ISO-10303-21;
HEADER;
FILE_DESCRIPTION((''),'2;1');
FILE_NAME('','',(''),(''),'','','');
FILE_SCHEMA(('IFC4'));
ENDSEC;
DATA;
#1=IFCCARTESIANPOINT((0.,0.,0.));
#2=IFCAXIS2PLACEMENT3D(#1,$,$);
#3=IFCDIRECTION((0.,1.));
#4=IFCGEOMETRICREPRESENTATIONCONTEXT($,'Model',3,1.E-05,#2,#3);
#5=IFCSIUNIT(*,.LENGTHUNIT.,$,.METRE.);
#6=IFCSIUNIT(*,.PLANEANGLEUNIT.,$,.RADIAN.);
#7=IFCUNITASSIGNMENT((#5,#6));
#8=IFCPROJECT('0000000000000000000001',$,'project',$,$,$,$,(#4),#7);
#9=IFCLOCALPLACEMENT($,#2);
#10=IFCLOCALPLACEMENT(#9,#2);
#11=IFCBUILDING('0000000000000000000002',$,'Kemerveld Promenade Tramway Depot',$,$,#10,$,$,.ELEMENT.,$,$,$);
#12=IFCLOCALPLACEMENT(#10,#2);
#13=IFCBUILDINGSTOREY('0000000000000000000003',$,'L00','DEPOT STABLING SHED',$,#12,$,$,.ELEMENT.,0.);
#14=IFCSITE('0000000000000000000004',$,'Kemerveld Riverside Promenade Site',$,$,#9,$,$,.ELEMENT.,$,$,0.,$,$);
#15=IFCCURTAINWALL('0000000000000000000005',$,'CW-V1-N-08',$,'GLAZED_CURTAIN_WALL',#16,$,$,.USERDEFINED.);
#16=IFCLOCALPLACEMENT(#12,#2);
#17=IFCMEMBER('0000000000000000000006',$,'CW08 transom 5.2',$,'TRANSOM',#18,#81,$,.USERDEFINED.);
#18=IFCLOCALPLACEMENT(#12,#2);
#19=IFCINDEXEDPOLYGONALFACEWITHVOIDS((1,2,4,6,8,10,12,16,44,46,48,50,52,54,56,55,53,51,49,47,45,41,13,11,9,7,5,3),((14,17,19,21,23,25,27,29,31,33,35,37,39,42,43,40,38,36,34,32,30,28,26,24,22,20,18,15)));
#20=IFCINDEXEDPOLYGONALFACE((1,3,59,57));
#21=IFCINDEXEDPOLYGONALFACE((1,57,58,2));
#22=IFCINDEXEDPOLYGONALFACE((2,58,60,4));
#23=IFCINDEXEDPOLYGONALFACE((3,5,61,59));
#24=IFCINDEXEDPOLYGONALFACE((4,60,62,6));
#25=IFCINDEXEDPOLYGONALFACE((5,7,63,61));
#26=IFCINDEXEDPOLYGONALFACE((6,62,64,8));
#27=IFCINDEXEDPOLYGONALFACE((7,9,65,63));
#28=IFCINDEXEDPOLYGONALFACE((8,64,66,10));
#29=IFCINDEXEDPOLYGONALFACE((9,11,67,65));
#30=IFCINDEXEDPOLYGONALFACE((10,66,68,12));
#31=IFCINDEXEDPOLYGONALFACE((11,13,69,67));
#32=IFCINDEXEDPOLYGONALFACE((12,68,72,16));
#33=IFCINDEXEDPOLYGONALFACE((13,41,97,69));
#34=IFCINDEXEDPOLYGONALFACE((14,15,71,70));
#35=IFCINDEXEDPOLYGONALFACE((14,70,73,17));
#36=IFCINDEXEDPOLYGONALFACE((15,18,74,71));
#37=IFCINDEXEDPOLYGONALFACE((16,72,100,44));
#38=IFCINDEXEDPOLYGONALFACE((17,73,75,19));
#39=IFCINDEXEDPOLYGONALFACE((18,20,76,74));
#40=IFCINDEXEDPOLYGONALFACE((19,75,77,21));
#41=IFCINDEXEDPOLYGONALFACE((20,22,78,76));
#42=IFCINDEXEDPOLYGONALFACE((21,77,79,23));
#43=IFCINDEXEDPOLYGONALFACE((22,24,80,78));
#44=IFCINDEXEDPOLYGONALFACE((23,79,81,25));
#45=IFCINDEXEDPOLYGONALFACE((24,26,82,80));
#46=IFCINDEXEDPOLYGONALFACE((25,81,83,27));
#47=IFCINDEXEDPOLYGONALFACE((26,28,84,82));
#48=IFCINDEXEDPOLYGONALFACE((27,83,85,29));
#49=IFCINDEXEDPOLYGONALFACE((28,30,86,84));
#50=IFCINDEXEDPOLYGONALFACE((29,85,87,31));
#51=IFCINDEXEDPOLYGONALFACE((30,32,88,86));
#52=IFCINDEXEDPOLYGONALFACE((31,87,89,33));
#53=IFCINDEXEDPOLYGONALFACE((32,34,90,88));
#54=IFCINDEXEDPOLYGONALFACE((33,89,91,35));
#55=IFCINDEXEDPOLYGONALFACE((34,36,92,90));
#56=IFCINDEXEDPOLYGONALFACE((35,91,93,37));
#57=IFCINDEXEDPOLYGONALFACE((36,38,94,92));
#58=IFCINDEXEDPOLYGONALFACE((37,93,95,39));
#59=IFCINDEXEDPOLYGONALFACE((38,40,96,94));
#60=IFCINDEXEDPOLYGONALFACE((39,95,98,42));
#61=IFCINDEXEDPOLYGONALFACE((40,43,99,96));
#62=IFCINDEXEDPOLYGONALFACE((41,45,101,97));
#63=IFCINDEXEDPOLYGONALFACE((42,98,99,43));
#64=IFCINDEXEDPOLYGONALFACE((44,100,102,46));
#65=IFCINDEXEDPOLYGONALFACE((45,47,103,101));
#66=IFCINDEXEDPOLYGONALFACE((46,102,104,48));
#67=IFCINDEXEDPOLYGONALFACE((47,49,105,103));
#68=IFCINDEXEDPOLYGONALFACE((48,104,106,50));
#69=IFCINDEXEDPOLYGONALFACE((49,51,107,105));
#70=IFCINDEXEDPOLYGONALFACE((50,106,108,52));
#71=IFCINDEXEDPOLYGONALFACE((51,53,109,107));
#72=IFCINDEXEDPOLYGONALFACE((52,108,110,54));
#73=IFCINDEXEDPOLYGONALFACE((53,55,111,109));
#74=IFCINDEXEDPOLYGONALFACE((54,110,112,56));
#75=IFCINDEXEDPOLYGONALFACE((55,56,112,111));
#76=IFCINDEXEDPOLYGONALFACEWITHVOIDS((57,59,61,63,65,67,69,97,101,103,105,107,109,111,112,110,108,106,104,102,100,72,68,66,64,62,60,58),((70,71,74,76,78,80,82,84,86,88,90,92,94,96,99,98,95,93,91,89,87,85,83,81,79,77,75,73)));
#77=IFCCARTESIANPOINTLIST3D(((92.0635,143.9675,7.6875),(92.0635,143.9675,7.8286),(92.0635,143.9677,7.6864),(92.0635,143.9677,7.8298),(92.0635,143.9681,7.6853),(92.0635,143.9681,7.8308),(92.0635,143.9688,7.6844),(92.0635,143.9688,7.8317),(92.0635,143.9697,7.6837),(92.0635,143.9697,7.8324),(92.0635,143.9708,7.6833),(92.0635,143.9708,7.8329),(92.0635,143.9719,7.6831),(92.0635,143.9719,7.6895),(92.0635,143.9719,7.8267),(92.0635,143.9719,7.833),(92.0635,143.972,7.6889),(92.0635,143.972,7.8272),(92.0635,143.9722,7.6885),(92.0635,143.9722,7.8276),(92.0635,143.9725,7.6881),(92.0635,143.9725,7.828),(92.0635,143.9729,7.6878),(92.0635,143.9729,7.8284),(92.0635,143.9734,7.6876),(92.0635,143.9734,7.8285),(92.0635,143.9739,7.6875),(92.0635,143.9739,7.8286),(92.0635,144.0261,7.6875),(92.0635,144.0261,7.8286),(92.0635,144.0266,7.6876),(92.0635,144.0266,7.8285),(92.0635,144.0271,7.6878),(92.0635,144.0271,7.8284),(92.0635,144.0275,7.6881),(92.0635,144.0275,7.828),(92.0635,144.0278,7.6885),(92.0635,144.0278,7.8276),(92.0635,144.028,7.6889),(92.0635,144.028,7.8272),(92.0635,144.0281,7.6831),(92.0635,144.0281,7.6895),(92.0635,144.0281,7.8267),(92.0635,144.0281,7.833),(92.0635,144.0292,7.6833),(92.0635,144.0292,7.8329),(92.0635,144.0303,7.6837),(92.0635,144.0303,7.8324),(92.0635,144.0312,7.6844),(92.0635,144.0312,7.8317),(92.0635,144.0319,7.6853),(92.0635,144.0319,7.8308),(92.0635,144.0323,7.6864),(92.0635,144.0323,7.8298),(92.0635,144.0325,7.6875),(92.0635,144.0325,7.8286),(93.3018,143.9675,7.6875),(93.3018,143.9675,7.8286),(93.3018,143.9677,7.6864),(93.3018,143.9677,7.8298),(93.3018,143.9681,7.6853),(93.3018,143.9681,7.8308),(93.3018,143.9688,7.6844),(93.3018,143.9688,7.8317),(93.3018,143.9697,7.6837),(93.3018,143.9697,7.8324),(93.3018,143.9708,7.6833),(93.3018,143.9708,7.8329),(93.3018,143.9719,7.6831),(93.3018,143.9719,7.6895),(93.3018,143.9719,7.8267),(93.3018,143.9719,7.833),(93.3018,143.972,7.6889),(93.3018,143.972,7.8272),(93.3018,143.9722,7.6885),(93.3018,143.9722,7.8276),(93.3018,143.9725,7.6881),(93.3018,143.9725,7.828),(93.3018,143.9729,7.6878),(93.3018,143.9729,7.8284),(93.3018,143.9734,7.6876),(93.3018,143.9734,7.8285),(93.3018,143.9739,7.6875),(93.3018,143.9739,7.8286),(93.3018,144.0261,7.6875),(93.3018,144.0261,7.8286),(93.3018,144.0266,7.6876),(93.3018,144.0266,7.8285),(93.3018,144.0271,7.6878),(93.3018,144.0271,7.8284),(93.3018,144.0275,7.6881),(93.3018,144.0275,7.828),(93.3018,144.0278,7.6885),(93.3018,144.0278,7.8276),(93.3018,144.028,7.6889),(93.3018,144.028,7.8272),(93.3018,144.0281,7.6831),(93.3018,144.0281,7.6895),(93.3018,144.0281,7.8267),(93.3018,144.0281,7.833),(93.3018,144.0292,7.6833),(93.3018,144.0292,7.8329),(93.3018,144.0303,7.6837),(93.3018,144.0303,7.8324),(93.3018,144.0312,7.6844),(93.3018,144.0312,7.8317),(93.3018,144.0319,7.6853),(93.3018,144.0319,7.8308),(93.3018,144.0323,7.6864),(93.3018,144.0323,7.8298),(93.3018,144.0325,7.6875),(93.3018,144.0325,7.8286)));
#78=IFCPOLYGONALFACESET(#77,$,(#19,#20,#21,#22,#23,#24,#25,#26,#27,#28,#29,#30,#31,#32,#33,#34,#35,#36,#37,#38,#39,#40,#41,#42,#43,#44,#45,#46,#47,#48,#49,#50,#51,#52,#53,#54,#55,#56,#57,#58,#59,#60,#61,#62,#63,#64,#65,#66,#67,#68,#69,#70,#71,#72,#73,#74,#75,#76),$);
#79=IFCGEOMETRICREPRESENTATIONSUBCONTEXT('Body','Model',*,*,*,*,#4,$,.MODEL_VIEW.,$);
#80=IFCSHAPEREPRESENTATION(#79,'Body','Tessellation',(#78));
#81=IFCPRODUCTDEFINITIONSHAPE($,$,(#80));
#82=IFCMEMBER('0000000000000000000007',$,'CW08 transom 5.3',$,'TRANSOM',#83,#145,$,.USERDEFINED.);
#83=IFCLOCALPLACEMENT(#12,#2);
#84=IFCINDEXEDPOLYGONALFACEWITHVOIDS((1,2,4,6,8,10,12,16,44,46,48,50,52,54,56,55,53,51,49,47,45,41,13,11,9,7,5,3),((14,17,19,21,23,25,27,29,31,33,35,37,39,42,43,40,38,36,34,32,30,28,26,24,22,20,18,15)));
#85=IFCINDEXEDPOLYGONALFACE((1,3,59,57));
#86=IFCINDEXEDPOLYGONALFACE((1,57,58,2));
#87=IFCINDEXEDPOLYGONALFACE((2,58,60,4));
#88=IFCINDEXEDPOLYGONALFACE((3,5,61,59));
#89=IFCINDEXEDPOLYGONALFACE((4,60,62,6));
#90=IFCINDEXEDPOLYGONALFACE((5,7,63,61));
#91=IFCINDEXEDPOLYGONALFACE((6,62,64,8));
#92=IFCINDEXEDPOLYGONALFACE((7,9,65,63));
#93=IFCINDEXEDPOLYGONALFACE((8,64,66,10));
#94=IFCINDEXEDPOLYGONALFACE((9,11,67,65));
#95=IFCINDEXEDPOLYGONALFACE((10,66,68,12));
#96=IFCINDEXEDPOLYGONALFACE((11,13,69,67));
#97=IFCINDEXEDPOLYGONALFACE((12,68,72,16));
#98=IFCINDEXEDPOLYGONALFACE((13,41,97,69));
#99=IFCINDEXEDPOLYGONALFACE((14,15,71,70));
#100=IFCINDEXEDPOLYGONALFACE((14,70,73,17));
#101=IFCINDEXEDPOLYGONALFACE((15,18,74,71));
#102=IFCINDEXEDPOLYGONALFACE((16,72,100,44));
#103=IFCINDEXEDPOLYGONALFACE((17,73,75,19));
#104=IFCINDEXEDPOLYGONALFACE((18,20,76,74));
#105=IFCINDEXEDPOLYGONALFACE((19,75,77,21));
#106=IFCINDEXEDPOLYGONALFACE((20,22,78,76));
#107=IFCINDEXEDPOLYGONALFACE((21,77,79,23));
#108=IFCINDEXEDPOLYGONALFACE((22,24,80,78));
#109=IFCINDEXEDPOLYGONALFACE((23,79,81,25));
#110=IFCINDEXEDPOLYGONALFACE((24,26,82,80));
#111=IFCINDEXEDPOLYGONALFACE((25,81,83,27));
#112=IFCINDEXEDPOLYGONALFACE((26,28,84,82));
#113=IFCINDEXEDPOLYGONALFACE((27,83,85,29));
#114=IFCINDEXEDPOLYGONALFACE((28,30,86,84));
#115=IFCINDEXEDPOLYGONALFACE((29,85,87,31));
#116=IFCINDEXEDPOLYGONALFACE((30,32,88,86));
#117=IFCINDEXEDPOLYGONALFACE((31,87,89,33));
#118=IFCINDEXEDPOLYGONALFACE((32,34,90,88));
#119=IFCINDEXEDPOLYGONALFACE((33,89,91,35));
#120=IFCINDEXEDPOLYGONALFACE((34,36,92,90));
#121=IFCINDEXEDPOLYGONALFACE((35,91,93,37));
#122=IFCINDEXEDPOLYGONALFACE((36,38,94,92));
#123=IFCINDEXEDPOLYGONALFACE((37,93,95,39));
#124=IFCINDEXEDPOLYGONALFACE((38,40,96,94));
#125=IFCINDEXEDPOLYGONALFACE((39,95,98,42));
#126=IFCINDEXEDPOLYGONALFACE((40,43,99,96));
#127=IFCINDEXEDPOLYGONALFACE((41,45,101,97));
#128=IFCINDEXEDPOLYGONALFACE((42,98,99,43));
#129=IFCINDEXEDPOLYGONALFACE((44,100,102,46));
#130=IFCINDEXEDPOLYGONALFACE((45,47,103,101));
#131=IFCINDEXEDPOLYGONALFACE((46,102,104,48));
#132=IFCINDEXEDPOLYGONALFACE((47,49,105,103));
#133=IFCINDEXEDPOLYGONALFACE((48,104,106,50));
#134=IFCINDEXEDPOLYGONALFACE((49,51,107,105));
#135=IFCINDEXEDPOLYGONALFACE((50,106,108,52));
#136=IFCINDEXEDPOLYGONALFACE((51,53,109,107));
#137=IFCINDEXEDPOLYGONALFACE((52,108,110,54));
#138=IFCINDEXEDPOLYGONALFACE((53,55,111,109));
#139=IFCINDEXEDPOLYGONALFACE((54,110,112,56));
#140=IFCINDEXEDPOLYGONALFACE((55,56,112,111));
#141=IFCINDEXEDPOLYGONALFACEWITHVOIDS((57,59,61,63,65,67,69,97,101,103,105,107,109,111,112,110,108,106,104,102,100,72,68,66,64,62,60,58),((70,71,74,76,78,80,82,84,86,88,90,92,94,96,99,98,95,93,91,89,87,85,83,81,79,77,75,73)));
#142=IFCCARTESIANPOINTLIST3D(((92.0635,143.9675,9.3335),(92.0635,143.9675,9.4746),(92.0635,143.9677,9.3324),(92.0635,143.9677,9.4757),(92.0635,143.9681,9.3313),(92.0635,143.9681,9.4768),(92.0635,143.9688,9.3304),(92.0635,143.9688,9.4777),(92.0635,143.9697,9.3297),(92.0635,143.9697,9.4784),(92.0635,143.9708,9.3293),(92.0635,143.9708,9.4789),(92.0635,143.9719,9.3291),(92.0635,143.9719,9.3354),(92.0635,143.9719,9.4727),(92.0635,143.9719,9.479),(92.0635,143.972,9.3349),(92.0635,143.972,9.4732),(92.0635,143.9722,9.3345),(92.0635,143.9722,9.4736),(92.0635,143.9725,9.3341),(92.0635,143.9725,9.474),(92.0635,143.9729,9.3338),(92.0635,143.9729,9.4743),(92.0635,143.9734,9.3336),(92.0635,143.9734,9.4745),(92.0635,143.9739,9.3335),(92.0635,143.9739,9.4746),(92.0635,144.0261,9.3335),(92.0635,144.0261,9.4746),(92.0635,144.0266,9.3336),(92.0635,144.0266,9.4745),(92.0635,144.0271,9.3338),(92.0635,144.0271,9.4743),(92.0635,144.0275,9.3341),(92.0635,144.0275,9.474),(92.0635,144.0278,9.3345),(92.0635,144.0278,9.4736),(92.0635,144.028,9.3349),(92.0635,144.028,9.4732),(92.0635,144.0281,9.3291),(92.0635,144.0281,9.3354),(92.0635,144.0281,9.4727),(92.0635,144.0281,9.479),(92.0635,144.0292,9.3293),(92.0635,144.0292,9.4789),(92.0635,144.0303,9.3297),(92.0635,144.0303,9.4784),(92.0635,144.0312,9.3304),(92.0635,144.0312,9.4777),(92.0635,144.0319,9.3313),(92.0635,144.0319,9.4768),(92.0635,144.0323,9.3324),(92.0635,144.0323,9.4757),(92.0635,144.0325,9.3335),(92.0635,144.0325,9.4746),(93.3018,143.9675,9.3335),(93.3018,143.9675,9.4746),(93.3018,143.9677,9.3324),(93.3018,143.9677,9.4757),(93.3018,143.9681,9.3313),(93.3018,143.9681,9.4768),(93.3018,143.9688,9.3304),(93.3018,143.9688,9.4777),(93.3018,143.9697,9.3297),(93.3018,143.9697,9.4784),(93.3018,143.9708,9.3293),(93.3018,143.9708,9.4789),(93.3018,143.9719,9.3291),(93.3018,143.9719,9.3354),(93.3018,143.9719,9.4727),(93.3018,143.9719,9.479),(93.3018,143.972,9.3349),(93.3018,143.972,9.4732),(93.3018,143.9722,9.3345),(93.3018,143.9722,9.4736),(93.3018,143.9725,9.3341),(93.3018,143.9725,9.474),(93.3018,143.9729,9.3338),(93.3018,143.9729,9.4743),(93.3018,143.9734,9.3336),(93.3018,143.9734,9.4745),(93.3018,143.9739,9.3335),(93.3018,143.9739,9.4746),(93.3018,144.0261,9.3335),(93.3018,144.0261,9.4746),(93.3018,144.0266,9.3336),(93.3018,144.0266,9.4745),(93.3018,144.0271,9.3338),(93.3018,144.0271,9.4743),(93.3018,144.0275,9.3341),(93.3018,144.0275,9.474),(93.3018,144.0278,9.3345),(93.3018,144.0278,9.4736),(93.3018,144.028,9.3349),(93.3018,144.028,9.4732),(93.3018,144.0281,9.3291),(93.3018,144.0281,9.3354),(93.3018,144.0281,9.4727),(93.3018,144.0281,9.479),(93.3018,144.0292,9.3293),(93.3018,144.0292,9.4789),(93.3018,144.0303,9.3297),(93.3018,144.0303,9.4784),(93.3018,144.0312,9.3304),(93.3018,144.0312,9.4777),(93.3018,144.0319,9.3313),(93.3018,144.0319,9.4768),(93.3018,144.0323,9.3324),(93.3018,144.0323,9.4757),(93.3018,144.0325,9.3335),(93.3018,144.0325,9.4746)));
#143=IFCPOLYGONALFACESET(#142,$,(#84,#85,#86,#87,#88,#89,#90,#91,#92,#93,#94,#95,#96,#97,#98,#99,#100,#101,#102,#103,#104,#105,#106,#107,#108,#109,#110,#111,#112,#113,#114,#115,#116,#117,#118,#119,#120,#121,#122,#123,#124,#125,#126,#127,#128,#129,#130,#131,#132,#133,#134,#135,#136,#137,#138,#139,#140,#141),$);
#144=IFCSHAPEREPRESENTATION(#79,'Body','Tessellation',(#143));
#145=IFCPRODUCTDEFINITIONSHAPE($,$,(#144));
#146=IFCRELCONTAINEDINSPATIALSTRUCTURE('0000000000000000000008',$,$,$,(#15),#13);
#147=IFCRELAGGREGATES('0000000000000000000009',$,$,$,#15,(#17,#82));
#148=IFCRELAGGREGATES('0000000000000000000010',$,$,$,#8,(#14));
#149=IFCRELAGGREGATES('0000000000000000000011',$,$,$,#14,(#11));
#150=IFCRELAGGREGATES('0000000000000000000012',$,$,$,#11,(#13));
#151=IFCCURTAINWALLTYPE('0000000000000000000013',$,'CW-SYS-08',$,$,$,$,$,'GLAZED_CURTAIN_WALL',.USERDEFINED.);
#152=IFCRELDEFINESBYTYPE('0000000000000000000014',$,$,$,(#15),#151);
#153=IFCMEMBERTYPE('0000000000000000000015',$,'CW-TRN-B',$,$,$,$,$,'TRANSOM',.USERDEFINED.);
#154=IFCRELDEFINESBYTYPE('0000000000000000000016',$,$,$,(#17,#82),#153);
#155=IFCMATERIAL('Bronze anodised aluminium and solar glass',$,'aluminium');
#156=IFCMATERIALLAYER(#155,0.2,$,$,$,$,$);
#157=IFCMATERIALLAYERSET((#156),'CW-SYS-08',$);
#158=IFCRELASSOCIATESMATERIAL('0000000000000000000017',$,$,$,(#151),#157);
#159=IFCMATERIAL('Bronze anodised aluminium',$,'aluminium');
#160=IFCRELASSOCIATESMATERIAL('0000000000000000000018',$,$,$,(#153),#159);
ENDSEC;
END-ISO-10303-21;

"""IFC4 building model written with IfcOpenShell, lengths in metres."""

from ifc_helpers import new_model, si_unit, direction, frame, origin, origin_2d, place, context, subcontext, project, spatial, hollow_rectangle, extrude, material, layer, layer_set, material_profile, profile_set, type_object, element, aggregate, save


model = new_model("IFC4")

# Units and contexts
model_context = context("Model", 3, precision=1e-05, world=origin(), true_north=direction((0.0, 1.0)))
body_context = subcontext(model_context, "Body", "Model", "MODEL_VIEW")
ifc_project = project(units=[si_unit("LENGTHUNIT", "METRE"), si_unit("PLANEANGLEUNIT", "RADIAN")], contexts=[model_context])

# Site, building, storey
site_placement = place(None, origin())
site = spatial("IfcSite", under=ifc_project, at=site_placement, Name="Kemerveld Riverside Promenade Site", CompositionType="ELEMENT", RefElevation=0.0)
building_placement = place(site_placement, origin())
building = spatial("IfcBuilding", under=site, at=building_placement, Name="Kemerveld Promenade Tramway Depot", CompositionType="ELEMENT")
storey_placement = place(building_placement, origin())
storey = spatial("IfcBuildingStorey", under=building, at=storey_placement, Name="L00", Description="DEPOT STABLING SHED", CompositionType="ELEMENT", Elevation=0.0)

# Curtain wall, members
ifc_material_1 = material(Name="Bronze anodised aluminium and solar glass", Category="aluminium")
ifc_material_2 = material(Name="Bronze anodised aluminium", Category="aluminium")
ifc_layer_1 = layer(ifc_material_1, 0.2)
ifc_layer_set_1 = layer_set([ifc_layer_1], Name="CW-SYS-08")
curtain_wall_type_1 = type_object("IfcCurtainWallType", Name="CW-SYS-08", ElementType="GLAZED_CURTAIN_WALL", PredefinedType="USERDEFINED", material=ifc_layer_set_1)
curtain_wall_1_placement = place(storey_placement, origin())
curtain_wall_1 = element("IfcCurtainWall", 1, at=curtain_wall_1_placement, inside=storey, type_object=curtain_wall_type_1, Name="CW-V1-N-08", ObjectType="GLAZED_CURTAIN_WALL", PredefinedType="USERDEFINED")
ifc_material_profile_1 = material_profile(ifc_material_2, hollow_rectangle(XDim=0.0649, YDim=0.1499, WallThickness=0.0044, InnerFilletRadius=0.002, OuterFilletRadius=0.0044, at=origin_2d()), Name="CW-TRN-150x65")
ifc_profile_set_1 = profile_set([ifc_material_profile_1], Name="Bronze anodised aluminium")
member_type_1 = type_object("IfcMemberType", Name="CW-TRN-B", ElementType="TRANSOM", PredefinedType="USERDEFINED", material=ifc_profile_set_1)
member_1_placement = place(storey_placement, frame((92.0635, 144.0, 7.7581), z_axis=(1.0, 0.0, 0.0), x_axis=(0.0, 1.0, 0.0)))
member_1 = element("IfcMember", 2, at=member_1_placement, type_object=member_type_1, Name="CW08 transom 5.2", ObjectType="TRANSOM", PredefinedType="USERDEFINED", context=body_context, shape_type="SweptSolid", body=[
    extrude(hollow_rectangle(XDim=0.0649, YDim=0.1499, WallThickness=0.0044, InnerFilletRadius=0.002, OuterFilletRadius=0.0044, at=origin_2d()), origin(), (0.0, 0.0, 1.0), 1.2383),
])
member_2_placement = place(storey_placement, frame((92.0635, 144.0, 9.4041), z_axis=(1.0, 0.0, 0.0), x_axis=(0.0, 1.0, 0.0)))
member_2 = element("IfcMember", 3, at=member_2_placement, type_object=member_type_1, Name="CW08 transom 5.3", ObjectType="TRANSOM", PredefinedType="USERDEFINED", context=body_context, shape_type="SweptSolid", body=[
    extrude(hollow_rectangle(XDim=0.0649, YDim=0.1499, WallThickness=0.0044, InnerFilletRadius=0.002, OuterFilletRadius=0.0044, at=origin_2d()), origin(), (0.0, 0.0, 1.0), 1.2383),
])

aggregate(curtain_wall_1, [member_1, member_2])

save(model, "model.ifc")
